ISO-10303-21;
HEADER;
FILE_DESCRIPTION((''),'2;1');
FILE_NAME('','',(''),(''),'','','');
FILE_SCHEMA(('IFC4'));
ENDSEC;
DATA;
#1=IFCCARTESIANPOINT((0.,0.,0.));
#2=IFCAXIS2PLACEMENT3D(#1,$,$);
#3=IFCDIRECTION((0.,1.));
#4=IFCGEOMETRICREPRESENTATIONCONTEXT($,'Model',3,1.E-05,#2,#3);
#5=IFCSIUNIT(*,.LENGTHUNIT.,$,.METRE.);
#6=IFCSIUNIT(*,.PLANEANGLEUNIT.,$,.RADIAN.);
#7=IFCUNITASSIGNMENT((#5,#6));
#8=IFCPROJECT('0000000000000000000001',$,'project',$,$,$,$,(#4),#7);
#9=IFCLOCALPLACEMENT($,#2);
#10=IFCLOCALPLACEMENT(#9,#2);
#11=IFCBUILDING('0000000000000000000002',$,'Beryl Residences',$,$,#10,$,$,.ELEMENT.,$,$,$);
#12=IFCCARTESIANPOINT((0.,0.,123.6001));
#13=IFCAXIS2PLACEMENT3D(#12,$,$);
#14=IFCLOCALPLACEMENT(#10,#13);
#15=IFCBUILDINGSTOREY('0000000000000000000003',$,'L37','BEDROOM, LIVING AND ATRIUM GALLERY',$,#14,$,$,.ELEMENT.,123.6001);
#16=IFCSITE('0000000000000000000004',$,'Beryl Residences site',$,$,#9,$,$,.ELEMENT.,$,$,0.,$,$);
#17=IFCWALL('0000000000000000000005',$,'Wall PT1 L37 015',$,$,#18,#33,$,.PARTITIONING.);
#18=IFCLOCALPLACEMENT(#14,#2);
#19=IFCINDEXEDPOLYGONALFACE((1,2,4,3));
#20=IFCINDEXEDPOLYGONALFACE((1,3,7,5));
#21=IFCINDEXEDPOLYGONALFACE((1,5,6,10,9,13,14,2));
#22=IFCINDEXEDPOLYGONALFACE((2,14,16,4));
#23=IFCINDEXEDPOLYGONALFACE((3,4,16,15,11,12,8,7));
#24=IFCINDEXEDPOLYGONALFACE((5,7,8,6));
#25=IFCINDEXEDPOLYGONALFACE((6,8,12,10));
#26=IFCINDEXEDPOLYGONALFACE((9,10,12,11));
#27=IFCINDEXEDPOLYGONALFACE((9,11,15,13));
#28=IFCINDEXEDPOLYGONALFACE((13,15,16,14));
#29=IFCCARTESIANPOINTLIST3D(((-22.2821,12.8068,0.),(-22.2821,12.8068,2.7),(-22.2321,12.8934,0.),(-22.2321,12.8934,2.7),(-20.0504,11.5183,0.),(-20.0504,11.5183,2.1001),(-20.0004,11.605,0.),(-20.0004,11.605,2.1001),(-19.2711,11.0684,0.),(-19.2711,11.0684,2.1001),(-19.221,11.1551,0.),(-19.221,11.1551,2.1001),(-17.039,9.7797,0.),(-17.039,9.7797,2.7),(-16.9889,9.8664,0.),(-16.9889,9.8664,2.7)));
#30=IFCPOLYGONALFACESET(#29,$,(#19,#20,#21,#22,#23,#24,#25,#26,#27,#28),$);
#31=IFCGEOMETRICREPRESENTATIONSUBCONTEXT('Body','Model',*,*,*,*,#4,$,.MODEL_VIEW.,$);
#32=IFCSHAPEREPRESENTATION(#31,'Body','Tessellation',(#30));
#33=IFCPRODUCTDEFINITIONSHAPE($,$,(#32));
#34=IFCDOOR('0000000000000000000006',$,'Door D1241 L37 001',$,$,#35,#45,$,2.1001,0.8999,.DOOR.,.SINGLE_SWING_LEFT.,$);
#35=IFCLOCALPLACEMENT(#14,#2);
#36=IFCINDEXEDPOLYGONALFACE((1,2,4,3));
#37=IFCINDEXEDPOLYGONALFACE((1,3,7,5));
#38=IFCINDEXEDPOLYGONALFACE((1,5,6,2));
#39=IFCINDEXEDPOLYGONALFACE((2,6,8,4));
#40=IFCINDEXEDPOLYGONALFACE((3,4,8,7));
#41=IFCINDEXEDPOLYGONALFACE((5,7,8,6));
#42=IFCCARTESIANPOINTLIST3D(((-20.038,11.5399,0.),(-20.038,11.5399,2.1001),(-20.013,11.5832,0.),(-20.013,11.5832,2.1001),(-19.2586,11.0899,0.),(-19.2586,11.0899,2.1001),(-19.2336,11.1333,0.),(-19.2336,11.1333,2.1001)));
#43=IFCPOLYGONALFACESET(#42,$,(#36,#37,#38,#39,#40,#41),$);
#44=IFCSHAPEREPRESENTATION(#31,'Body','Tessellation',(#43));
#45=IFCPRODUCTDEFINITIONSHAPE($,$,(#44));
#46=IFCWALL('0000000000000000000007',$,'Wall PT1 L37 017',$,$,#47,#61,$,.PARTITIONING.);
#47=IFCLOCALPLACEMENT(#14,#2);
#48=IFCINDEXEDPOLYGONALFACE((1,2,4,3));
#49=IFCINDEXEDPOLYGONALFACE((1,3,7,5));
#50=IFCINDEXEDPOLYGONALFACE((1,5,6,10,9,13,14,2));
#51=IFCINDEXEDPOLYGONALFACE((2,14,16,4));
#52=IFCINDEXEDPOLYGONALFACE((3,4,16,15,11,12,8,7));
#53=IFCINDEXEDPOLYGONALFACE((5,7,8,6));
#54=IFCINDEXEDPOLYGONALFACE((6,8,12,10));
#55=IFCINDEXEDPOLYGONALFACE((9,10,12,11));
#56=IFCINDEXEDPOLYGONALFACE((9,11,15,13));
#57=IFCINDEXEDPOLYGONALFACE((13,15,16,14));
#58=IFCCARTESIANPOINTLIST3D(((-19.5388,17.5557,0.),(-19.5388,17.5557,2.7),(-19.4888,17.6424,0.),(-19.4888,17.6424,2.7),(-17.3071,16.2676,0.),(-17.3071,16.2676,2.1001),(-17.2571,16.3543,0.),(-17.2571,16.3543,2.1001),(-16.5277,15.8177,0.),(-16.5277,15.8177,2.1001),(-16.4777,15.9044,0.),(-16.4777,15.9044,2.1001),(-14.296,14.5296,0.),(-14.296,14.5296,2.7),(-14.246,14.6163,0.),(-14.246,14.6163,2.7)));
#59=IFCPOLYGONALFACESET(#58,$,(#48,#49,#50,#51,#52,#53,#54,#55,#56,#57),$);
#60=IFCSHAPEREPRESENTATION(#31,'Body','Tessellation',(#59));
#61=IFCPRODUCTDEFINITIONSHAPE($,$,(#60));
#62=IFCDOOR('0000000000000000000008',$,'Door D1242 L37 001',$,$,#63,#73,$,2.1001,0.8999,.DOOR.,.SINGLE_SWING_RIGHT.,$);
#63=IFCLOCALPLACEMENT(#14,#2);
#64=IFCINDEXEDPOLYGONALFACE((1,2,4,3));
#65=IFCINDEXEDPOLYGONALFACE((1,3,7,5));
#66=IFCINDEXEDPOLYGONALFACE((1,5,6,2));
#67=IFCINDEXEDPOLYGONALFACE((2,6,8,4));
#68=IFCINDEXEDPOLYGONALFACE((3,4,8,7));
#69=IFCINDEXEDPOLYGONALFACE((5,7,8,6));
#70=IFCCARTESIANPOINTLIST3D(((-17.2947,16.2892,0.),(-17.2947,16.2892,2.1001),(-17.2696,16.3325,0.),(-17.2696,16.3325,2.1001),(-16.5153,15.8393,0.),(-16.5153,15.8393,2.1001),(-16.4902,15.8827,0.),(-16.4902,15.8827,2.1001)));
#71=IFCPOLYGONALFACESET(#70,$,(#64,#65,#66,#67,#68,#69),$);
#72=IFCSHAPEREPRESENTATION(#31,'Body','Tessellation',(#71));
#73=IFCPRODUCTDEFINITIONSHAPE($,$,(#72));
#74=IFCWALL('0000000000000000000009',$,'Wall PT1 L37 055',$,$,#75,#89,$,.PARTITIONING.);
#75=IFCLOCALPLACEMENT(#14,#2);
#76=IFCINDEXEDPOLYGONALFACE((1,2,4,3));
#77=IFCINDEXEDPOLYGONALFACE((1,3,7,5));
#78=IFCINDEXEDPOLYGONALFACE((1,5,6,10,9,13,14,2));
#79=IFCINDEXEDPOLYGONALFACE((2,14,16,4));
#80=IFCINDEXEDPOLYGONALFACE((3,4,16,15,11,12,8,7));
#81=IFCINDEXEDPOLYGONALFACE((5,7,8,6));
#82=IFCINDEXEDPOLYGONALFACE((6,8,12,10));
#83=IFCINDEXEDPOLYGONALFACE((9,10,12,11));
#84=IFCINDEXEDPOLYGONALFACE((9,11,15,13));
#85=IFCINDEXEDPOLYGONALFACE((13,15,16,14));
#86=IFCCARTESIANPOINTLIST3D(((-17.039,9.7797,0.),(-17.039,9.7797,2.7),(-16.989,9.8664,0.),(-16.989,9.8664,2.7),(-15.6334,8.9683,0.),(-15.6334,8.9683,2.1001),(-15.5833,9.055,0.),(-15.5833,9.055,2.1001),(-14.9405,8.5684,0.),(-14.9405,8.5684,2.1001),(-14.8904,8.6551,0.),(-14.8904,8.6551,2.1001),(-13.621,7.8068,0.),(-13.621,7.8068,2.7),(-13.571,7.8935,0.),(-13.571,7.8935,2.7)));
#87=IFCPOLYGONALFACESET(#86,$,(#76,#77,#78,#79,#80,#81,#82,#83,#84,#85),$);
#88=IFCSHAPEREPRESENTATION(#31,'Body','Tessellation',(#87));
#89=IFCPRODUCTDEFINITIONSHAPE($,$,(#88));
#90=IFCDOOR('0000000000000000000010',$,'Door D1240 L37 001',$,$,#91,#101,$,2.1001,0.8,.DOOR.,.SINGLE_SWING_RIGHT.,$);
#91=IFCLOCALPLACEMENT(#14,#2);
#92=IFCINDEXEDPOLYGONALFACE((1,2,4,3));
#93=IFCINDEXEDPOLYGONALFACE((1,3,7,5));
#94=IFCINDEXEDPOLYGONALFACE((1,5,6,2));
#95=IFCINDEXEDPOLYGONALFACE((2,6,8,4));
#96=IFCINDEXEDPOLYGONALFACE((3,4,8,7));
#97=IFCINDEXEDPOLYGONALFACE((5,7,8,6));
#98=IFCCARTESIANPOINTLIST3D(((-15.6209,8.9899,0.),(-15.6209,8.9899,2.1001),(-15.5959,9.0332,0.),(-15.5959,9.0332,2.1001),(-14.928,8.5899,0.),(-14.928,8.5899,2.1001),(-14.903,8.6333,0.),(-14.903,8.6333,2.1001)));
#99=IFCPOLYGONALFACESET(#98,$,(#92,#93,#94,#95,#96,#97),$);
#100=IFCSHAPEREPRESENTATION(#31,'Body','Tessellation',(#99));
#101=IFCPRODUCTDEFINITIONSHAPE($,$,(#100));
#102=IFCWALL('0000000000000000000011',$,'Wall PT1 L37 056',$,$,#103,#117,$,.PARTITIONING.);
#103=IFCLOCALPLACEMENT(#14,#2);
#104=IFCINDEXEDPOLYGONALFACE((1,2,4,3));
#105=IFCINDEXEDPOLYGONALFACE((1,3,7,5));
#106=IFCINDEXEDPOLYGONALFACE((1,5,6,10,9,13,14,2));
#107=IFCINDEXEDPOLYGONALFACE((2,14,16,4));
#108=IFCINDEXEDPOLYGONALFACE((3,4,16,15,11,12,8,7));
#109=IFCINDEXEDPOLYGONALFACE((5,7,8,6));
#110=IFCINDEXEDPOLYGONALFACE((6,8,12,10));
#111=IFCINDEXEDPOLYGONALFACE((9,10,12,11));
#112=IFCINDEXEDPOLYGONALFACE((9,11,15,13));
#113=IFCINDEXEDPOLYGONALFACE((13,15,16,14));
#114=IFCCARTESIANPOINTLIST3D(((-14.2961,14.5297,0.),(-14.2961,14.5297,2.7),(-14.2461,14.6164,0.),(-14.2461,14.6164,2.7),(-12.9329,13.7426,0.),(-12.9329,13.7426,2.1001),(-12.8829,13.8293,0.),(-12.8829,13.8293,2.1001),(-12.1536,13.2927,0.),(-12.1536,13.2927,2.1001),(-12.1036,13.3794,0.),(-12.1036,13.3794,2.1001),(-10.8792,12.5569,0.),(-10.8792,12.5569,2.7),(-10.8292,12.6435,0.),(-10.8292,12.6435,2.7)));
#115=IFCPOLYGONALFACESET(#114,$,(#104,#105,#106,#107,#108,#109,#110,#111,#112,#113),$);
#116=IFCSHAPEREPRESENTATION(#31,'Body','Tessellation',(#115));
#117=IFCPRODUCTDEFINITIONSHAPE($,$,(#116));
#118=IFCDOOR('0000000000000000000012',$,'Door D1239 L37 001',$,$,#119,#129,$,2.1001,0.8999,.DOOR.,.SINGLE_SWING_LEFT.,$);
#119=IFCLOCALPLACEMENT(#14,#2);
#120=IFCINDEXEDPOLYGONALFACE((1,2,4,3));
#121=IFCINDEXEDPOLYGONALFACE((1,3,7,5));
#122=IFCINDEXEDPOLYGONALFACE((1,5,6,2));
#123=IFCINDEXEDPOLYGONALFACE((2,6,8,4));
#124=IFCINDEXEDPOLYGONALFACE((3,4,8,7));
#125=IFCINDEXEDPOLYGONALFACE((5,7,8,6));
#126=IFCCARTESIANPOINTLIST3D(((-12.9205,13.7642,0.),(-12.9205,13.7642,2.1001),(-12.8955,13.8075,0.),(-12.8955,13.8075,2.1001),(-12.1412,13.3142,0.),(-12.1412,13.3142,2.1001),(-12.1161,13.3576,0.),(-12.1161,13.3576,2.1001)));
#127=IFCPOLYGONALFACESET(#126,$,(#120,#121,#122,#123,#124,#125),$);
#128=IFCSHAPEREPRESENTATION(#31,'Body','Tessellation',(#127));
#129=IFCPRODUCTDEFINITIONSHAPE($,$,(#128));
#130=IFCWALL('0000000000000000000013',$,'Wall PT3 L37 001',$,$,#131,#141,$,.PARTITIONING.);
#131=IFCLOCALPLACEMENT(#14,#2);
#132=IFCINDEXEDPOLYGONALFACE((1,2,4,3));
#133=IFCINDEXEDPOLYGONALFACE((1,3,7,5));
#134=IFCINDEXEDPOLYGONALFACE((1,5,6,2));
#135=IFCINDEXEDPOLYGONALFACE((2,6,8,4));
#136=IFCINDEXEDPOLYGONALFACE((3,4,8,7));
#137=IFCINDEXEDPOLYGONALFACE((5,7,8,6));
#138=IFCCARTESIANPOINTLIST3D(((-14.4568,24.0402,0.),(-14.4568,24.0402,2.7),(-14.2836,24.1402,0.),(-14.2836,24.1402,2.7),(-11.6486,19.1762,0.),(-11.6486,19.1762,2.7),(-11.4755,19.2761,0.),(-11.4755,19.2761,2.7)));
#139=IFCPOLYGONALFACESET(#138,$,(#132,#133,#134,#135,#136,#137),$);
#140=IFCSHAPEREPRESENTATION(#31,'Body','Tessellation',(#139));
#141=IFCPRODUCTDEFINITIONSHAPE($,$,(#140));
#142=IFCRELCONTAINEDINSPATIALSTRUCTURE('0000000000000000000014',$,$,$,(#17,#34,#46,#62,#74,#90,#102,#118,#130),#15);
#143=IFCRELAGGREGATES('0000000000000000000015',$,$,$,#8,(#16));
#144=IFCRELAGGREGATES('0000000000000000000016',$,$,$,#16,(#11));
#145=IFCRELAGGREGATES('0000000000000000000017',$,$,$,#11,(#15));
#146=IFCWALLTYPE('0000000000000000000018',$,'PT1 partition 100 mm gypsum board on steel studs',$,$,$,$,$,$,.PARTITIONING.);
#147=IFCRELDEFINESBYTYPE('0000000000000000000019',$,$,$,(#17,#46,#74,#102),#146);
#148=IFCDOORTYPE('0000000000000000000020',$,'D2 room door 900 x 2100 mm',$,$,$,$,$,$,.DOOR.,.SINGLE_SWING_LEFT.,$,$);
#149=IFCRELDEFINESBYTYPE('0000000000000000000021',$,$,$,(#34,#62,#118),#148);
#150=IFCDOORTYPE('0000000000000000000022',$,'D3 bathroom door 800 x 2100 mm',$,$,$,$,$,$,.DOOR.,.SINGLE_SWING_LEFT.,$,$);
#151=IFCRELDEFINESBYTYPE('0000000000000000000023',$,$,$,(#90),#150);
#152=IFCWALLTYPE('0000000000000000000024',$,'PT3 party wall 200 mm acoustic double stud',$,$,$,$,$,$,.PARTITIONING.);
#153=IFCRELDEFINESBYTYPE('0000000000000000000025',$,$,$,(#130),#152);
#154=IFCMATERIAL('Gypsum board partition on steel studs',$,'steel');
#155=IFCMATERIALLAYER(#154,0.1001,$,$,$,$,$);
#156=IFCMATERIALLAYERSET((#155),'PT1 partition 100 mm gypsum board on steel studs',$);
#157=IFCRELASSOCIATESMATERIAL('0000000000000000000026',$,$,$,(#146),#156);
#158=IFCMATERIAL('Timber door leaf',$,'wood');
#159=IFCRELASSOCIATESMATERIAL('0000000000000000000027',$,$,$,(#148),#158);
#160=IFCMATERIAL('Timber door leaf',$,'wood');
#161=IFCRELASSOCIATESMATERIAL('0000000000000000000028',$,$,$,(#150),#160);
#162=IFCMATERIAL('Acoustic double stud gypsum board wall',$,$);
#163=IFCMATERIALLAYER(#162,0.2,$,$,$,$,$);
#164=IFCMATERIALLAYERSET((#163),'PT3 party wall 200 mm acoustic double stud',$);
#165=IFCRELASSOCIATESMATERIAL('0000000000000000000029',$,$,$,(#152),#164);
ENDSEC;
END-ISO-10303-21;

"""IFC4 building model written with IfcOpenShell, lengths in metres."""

from ifc_helpers import new_model, si_unit, direction, frame, frame_2d, origin, place, context, subcontext, project, spatial, rectangle, extrude, material, layer, layer_set, type_object, element, fill, save


model = new_model("IFC4")

# Units and contexts
model_context = context("Model", 3, precision=1e-05, world=origin(), true_north=direction((0.0, 1.0)))
body_context = subcontext(model_context, "Body", "Model", "MODEL_VIEW")
ifc_project = project(units=[si_unit("LENGTHUNIT", "METRE"), si_unit("PLANEANGLEUNIT", "RADIAN")], contexts=[model_context])

# Site, building, storey
site_placement = place(None, origin())
site = spatial("IfcSite", under=ifc_project, at=site_placement, Name="Beryl Residences site", CompositionType="ELEMENT", RefElevation=0.0)
building_placement = place(site_placement, origin())
building = spatial("IfcBuilding", under=site, at=building_placement, Name="Beryl Residences", CompositionType="ELEMENT")
storey_placement = place(building_placement, frame((0.0, 0.0, 123.6001)))
storey = spatial("IfcBuildingStorey", under=building, at=storey_placement, Name="L37", Description="BEDROOM, LIVING AND ATRIUM GALLERY", CompositionType="ELEMENT", Elevation=123.6001)

# Walls, openings, doors
ifc_material_1 = material(Name="Gypsum board partition on steel studs", Category="steel")
ifc_layer_1 = layer(ifc_material_1, 0.1001)
ifc_layer_set_1 = layer_set([ifc_layer_1], Name="PT1 partition 100 mm gypsum board on steel studs")
wall_type_1 = type_object("IfcWallType", Name="PT1 partition 100 mm gypsum board on steel studs", PredefinedType="PARTITIONING", material=ifc_layer_set_1)
wall_1_placement = place(storey_placement, frame((-22.2571, 12.8501, 0.0), z_axis=(0.0, 0.0, 1.0), x_axis=(0.866028, -0.499995, 0.0)))
wall_1 = element("IfcWall", 1, at=wall_1_placement, inside=storey, type_object=wall_type_1, Name="Wall PT1 L37 015", PredefinedType="PARTITIONING", context=body_context, shape_type="SweptSolid", body=[
    extrude(rectangle(XDim=6.0542, YDim=0.1001, at=frame_2d((3.0271, 0.0))), origin(), (0.0, 0.0, 1.0), 2.7),
])
opening_1_placement = place(wall_1_placement, frame((2.5769, 0.0, 0.0)))
opening_1 = element("IfcOpeningElement", 2, at=opening_1_placement, cuts=wall_1, PredefinedType="OPENING", context=body_context, shape_type="SweptSolid", body=[
    extrude(rectangle(XDim=0.8999, YDim=2.1001, at=frame_2d((0.45, 1.05))), frame((0.0, 0.0601, 0.0), z_axis=(0.0, -1.0, 0.0), x_axis=(1.0, 0.0, 0.0)), (0.0, 0.0, 1.0), 0.1201),
])
ifc_material_2 = material(Name="Timber door leaf", Category="wood")
door_type_1 = type_object("IfcDoorType", Name="D2 room door 900 x 2100 mm", OperationType="SINGLE_SWING_LEFT", PredefinedType="DOOR", material=ifc_material_2)
door_1_placement = place(opening_1_placement, origin())
door_1 = element("IfcDoor", 3, at=door_1_placement, inside=storey, type_object=door_type_1, Name="Door D1241 L37 001", OperationType="SINGLE_SWING_LEFT", OverallHeight=2.1001, OverallWidth=0.8999, PredefinedType="DOOR", context=body_context, shape_type="SweptSolid", body=[
    extrude(rectangle(XDim=0.8999, YDim=2.1001, at=frame_2d((0.45, 1.05))), frame((0.0, 0.0249, 0.0), z_axis=(0.0, -1.0, 0.0), x_axis=(1.0, 0.0, 0.0)), (0.0, 0.0, 1.0), 0.05),
])
fill(opening_1, door_1)
wall_2_placement = place(storey_placement, frame((-19.5139, 17.5991, 0.0), z_axis=(0.0, 0.0, 1.0), x_axis=(0.866088, -0.499891, 0.0)))
wall_2 = element("IfcWall", 4, at=wall_2_placement, inside=storey, type_object=wall_type_1, Name="Wall PT1 L37 017", PredefinedType="PARTITIONING", context=body_context, shape_type="SweptSolid", body=[
    extrude(rectangle(XDim=6.0535, YDim=0.1001, at=frame_2d((3.0269, 0.0))), origin(), (0.0, 0.0, 1.0), 2.7),
])
opening_2_placement = place(wall_2_placement, frame((2.5769, 0.0, 0.0)))
opening_2 = element("IfcOpeningElement", 5, at=opening_2_placement, cuts=wall_2, PredefinedType="OPENING", context=body_context, shape_type="SweptSolid", body=[
    extrude(rectangle(XDim=0.8999, YDim=2.1001, at=frame_2d((0.45, 1.05))), frame((0.0, 0.0601, 0.0), z_axis=(0.0, -1.0, 0.0), x_axis=(1.0, 0.0, 0.0)), (0.0, 0.0, 1.0), 0.1201),
])
door_2_placement = place(opening_2_placement, origin())
door_2 = element("IfcDoor", 6, at=door_2_placement, inside=storey, type_object=door_type_1, Name="Door D1242 L37 001", OperationType="SINGLE_SWING_RIGHT", OverallHeight=2.1001, OverallWidth=0.8999, PredefinedType="DOOR", context=body_context, shape_type="SweptSolid", body=[
    extrude(rectangle(XDim=0.8999, YDim=2.1001, at=frame_2d((0.45, 1.05))), frame((0.0, 0.0249, 0.0), z_axis=(0.0, -1.0, 0.0), x_axis=(1.0, 0.0, 0.0)), (0.0, 0.0, 1.0), 0.05),
])
fill(opening_2, door_2)
wall_3_placement = place(storey_placement, frame((-17.0139, 9.823, 0.0), z_axis=(0.0, 0.0, 1.0), x_axis=(0.866076, -0.499912, 0.0)))
wall_3 = element("IfcWall", 7, at=wall_3_placement, inside=storey, type_object=wall_type_1, Name="Wall PT1 L37 055", PredefinedType="PARTITIONING", context=body_context, shape_type="SweptSolid", body=[
    extrude(rectangle(XDim=3.9465, YDim=0.1001, at=frame_2d((1.9731, 0.0))), origin(), (0.0, 0.0, 1.0), 2.7),
])
opening_3_placement = place(wall_3_placement, frame((1.623, 0.0, 0.0)))
opening_3 = element("IfcOpeningElement", 8, at=opening_3_placement, cuts=wall_3, PredefinedType="OPENING", context=body_context, shape_type="SweptSolid", body=[
    extrude(rectangle(XDim=0.8, YDim=2.1001, at=frame_2d((0.3999, 1.05))), frame((0.0, 0.0601, 0.0), z_axis=(0.0, -1.0, 0.0), x_axis=(1.0, 0.0, 0.0)), (0.0, 0.0, 1.0), 0.1201),
])
ifc_material_3 = material(Name="Timber door leaf", Category="wood")
door_type_2 = type_object("IfcDoorType", Name="D3 bathroom door 800 x 2100 mm", OperationType="SINGLE_SWING_LEFT", PredefinedType="DOOR", material=ifc_material_3)
door_3_placement = place(opening_3_placement, origin())
door_3 = element("IfcDoor", 9, at=door_3_placement, inside=storey, type_object=door_type_2, Name="Door D1240 L37 001", OperationType="SINGLE_SWING_RIGHT", OverallHeight=2.1001, OverallWidth=0.8, PredefinedType="DOOR", context=body_context, shape_type="SweptSolid", body=[
    extrude(rectangle(XDim=0.8, YDim=2.1001, at=frame_2d((0.3999, 1.05))), frame((0.0, 0.0249, 0.0), z_axis=(0.0, -1.0, 0.0), x_axis=(1.0, 0.0, 0.0)), (0.0, 0.0, 1.0), 0.05),
])
fill(opening_3, door_3)
wall_4_placement = place(storey_placement, frame((-14.271, 14.573, 0.0), z_axis=(0.0, 0.0, 1.0), x_axis=(0.866015, -0.500019, 0.0)))
wall_4 = element("IfcWall", 10, at=wall_4_placement, inside=storey, type_object=wall_type_1, Name="Wall PT1 L37 056", PredefinedType="PARTITIONING", context=body_context, shape_type="SweptSolid", body=[
    extrude(rectangle(XDim=3.9456, YDim=0.1001, at=frame_2d((1.9727, 0.0))), origin(), (0.0, 0.0, 1.0), 2.7),
])
opening_4_placement = place(wall_4_placement, frame((1.574, 0.0, 0.0)))
opening_4 = element("IfcOpeningElement", 11, at=opening_4_placement, cuts=wall_4, PredefinedType="OPENING", context=body_context, shape_type="SweptSolid", body=[
    extrude(rectangle(XDim=0.8999, YDim=2.1001, at=frame_2d((0.45, 1.05))), frame((0.0, 0.0601, 0.0), z_axis=(0.0, -1.0, 0.0), x_axis=(1.0, 0.0, 0.0)), (0.0, 0.0, 1.0), 0.1201),
])
door_4_placement = place(opening_4_placement, origin())
door_4 = element("IfcDoor", 12, at=door_4_placement, inside=storey, type_object=door_type_1, Name="Door D1239 L37 001", OperationType="SINGLE_SWING_LEFT", OverallHeight=2.1001, OverallWidth=0.8999, PredefinedType="DOOR", context=body_context, shape_type="SweptSolid", body=[
    extrude(rectangle(XDim=0.8999, YDim=2.1001, at=frame_2d((0.45, 1.05))), frame((0.0, 0.0249, 0.0), z_axis=(0.0, -1.0, 0.0), x_axis=(1.0, 0.0, 0.0)), (0.0, 0.0, 1.0), 0.05),
])
fill(opening_4, door_4)

# Wall
ifc_material_4 = material(Name="Acoustic double stud gypsum board wall")
ifc_layer_2 = layer(ifc_material_4, 0.2)
ifc_layer_set_2 = layer_set([ifc_layer_2], Name="PT3 party wall 200 mm acoustic double stud")
wall_type_2 = type_object("IfcWallType", Name="PT3 party wall 200 mm acoustic double stud", PredefinedType="PARTITIONING", material=ifc_layer_set_2)
wall_5_placement = place(storey_placement, frame((-14.3701, 24.0901, 0.0), z_axis=(0.0, 0.0, 1.0), x_axis=(0.499982, -0.866036, 0.0)))
element("IfcWall", 13, at=wall_5_placement, inside=storey, type_object=wall_type_2, Name="Wall PT3 L37 001", PredefinedType="PARTITIONING", context=body_context, shape_type="SweptSolid", body=[
    extrude(rectangle(XDim=5.6165, YDim=0.2, at=frame_2d((2.8081, 0.0))), origin(), (0.0, 0.0, 1.0), 2.7),
])

save(model, "model.ifc")
